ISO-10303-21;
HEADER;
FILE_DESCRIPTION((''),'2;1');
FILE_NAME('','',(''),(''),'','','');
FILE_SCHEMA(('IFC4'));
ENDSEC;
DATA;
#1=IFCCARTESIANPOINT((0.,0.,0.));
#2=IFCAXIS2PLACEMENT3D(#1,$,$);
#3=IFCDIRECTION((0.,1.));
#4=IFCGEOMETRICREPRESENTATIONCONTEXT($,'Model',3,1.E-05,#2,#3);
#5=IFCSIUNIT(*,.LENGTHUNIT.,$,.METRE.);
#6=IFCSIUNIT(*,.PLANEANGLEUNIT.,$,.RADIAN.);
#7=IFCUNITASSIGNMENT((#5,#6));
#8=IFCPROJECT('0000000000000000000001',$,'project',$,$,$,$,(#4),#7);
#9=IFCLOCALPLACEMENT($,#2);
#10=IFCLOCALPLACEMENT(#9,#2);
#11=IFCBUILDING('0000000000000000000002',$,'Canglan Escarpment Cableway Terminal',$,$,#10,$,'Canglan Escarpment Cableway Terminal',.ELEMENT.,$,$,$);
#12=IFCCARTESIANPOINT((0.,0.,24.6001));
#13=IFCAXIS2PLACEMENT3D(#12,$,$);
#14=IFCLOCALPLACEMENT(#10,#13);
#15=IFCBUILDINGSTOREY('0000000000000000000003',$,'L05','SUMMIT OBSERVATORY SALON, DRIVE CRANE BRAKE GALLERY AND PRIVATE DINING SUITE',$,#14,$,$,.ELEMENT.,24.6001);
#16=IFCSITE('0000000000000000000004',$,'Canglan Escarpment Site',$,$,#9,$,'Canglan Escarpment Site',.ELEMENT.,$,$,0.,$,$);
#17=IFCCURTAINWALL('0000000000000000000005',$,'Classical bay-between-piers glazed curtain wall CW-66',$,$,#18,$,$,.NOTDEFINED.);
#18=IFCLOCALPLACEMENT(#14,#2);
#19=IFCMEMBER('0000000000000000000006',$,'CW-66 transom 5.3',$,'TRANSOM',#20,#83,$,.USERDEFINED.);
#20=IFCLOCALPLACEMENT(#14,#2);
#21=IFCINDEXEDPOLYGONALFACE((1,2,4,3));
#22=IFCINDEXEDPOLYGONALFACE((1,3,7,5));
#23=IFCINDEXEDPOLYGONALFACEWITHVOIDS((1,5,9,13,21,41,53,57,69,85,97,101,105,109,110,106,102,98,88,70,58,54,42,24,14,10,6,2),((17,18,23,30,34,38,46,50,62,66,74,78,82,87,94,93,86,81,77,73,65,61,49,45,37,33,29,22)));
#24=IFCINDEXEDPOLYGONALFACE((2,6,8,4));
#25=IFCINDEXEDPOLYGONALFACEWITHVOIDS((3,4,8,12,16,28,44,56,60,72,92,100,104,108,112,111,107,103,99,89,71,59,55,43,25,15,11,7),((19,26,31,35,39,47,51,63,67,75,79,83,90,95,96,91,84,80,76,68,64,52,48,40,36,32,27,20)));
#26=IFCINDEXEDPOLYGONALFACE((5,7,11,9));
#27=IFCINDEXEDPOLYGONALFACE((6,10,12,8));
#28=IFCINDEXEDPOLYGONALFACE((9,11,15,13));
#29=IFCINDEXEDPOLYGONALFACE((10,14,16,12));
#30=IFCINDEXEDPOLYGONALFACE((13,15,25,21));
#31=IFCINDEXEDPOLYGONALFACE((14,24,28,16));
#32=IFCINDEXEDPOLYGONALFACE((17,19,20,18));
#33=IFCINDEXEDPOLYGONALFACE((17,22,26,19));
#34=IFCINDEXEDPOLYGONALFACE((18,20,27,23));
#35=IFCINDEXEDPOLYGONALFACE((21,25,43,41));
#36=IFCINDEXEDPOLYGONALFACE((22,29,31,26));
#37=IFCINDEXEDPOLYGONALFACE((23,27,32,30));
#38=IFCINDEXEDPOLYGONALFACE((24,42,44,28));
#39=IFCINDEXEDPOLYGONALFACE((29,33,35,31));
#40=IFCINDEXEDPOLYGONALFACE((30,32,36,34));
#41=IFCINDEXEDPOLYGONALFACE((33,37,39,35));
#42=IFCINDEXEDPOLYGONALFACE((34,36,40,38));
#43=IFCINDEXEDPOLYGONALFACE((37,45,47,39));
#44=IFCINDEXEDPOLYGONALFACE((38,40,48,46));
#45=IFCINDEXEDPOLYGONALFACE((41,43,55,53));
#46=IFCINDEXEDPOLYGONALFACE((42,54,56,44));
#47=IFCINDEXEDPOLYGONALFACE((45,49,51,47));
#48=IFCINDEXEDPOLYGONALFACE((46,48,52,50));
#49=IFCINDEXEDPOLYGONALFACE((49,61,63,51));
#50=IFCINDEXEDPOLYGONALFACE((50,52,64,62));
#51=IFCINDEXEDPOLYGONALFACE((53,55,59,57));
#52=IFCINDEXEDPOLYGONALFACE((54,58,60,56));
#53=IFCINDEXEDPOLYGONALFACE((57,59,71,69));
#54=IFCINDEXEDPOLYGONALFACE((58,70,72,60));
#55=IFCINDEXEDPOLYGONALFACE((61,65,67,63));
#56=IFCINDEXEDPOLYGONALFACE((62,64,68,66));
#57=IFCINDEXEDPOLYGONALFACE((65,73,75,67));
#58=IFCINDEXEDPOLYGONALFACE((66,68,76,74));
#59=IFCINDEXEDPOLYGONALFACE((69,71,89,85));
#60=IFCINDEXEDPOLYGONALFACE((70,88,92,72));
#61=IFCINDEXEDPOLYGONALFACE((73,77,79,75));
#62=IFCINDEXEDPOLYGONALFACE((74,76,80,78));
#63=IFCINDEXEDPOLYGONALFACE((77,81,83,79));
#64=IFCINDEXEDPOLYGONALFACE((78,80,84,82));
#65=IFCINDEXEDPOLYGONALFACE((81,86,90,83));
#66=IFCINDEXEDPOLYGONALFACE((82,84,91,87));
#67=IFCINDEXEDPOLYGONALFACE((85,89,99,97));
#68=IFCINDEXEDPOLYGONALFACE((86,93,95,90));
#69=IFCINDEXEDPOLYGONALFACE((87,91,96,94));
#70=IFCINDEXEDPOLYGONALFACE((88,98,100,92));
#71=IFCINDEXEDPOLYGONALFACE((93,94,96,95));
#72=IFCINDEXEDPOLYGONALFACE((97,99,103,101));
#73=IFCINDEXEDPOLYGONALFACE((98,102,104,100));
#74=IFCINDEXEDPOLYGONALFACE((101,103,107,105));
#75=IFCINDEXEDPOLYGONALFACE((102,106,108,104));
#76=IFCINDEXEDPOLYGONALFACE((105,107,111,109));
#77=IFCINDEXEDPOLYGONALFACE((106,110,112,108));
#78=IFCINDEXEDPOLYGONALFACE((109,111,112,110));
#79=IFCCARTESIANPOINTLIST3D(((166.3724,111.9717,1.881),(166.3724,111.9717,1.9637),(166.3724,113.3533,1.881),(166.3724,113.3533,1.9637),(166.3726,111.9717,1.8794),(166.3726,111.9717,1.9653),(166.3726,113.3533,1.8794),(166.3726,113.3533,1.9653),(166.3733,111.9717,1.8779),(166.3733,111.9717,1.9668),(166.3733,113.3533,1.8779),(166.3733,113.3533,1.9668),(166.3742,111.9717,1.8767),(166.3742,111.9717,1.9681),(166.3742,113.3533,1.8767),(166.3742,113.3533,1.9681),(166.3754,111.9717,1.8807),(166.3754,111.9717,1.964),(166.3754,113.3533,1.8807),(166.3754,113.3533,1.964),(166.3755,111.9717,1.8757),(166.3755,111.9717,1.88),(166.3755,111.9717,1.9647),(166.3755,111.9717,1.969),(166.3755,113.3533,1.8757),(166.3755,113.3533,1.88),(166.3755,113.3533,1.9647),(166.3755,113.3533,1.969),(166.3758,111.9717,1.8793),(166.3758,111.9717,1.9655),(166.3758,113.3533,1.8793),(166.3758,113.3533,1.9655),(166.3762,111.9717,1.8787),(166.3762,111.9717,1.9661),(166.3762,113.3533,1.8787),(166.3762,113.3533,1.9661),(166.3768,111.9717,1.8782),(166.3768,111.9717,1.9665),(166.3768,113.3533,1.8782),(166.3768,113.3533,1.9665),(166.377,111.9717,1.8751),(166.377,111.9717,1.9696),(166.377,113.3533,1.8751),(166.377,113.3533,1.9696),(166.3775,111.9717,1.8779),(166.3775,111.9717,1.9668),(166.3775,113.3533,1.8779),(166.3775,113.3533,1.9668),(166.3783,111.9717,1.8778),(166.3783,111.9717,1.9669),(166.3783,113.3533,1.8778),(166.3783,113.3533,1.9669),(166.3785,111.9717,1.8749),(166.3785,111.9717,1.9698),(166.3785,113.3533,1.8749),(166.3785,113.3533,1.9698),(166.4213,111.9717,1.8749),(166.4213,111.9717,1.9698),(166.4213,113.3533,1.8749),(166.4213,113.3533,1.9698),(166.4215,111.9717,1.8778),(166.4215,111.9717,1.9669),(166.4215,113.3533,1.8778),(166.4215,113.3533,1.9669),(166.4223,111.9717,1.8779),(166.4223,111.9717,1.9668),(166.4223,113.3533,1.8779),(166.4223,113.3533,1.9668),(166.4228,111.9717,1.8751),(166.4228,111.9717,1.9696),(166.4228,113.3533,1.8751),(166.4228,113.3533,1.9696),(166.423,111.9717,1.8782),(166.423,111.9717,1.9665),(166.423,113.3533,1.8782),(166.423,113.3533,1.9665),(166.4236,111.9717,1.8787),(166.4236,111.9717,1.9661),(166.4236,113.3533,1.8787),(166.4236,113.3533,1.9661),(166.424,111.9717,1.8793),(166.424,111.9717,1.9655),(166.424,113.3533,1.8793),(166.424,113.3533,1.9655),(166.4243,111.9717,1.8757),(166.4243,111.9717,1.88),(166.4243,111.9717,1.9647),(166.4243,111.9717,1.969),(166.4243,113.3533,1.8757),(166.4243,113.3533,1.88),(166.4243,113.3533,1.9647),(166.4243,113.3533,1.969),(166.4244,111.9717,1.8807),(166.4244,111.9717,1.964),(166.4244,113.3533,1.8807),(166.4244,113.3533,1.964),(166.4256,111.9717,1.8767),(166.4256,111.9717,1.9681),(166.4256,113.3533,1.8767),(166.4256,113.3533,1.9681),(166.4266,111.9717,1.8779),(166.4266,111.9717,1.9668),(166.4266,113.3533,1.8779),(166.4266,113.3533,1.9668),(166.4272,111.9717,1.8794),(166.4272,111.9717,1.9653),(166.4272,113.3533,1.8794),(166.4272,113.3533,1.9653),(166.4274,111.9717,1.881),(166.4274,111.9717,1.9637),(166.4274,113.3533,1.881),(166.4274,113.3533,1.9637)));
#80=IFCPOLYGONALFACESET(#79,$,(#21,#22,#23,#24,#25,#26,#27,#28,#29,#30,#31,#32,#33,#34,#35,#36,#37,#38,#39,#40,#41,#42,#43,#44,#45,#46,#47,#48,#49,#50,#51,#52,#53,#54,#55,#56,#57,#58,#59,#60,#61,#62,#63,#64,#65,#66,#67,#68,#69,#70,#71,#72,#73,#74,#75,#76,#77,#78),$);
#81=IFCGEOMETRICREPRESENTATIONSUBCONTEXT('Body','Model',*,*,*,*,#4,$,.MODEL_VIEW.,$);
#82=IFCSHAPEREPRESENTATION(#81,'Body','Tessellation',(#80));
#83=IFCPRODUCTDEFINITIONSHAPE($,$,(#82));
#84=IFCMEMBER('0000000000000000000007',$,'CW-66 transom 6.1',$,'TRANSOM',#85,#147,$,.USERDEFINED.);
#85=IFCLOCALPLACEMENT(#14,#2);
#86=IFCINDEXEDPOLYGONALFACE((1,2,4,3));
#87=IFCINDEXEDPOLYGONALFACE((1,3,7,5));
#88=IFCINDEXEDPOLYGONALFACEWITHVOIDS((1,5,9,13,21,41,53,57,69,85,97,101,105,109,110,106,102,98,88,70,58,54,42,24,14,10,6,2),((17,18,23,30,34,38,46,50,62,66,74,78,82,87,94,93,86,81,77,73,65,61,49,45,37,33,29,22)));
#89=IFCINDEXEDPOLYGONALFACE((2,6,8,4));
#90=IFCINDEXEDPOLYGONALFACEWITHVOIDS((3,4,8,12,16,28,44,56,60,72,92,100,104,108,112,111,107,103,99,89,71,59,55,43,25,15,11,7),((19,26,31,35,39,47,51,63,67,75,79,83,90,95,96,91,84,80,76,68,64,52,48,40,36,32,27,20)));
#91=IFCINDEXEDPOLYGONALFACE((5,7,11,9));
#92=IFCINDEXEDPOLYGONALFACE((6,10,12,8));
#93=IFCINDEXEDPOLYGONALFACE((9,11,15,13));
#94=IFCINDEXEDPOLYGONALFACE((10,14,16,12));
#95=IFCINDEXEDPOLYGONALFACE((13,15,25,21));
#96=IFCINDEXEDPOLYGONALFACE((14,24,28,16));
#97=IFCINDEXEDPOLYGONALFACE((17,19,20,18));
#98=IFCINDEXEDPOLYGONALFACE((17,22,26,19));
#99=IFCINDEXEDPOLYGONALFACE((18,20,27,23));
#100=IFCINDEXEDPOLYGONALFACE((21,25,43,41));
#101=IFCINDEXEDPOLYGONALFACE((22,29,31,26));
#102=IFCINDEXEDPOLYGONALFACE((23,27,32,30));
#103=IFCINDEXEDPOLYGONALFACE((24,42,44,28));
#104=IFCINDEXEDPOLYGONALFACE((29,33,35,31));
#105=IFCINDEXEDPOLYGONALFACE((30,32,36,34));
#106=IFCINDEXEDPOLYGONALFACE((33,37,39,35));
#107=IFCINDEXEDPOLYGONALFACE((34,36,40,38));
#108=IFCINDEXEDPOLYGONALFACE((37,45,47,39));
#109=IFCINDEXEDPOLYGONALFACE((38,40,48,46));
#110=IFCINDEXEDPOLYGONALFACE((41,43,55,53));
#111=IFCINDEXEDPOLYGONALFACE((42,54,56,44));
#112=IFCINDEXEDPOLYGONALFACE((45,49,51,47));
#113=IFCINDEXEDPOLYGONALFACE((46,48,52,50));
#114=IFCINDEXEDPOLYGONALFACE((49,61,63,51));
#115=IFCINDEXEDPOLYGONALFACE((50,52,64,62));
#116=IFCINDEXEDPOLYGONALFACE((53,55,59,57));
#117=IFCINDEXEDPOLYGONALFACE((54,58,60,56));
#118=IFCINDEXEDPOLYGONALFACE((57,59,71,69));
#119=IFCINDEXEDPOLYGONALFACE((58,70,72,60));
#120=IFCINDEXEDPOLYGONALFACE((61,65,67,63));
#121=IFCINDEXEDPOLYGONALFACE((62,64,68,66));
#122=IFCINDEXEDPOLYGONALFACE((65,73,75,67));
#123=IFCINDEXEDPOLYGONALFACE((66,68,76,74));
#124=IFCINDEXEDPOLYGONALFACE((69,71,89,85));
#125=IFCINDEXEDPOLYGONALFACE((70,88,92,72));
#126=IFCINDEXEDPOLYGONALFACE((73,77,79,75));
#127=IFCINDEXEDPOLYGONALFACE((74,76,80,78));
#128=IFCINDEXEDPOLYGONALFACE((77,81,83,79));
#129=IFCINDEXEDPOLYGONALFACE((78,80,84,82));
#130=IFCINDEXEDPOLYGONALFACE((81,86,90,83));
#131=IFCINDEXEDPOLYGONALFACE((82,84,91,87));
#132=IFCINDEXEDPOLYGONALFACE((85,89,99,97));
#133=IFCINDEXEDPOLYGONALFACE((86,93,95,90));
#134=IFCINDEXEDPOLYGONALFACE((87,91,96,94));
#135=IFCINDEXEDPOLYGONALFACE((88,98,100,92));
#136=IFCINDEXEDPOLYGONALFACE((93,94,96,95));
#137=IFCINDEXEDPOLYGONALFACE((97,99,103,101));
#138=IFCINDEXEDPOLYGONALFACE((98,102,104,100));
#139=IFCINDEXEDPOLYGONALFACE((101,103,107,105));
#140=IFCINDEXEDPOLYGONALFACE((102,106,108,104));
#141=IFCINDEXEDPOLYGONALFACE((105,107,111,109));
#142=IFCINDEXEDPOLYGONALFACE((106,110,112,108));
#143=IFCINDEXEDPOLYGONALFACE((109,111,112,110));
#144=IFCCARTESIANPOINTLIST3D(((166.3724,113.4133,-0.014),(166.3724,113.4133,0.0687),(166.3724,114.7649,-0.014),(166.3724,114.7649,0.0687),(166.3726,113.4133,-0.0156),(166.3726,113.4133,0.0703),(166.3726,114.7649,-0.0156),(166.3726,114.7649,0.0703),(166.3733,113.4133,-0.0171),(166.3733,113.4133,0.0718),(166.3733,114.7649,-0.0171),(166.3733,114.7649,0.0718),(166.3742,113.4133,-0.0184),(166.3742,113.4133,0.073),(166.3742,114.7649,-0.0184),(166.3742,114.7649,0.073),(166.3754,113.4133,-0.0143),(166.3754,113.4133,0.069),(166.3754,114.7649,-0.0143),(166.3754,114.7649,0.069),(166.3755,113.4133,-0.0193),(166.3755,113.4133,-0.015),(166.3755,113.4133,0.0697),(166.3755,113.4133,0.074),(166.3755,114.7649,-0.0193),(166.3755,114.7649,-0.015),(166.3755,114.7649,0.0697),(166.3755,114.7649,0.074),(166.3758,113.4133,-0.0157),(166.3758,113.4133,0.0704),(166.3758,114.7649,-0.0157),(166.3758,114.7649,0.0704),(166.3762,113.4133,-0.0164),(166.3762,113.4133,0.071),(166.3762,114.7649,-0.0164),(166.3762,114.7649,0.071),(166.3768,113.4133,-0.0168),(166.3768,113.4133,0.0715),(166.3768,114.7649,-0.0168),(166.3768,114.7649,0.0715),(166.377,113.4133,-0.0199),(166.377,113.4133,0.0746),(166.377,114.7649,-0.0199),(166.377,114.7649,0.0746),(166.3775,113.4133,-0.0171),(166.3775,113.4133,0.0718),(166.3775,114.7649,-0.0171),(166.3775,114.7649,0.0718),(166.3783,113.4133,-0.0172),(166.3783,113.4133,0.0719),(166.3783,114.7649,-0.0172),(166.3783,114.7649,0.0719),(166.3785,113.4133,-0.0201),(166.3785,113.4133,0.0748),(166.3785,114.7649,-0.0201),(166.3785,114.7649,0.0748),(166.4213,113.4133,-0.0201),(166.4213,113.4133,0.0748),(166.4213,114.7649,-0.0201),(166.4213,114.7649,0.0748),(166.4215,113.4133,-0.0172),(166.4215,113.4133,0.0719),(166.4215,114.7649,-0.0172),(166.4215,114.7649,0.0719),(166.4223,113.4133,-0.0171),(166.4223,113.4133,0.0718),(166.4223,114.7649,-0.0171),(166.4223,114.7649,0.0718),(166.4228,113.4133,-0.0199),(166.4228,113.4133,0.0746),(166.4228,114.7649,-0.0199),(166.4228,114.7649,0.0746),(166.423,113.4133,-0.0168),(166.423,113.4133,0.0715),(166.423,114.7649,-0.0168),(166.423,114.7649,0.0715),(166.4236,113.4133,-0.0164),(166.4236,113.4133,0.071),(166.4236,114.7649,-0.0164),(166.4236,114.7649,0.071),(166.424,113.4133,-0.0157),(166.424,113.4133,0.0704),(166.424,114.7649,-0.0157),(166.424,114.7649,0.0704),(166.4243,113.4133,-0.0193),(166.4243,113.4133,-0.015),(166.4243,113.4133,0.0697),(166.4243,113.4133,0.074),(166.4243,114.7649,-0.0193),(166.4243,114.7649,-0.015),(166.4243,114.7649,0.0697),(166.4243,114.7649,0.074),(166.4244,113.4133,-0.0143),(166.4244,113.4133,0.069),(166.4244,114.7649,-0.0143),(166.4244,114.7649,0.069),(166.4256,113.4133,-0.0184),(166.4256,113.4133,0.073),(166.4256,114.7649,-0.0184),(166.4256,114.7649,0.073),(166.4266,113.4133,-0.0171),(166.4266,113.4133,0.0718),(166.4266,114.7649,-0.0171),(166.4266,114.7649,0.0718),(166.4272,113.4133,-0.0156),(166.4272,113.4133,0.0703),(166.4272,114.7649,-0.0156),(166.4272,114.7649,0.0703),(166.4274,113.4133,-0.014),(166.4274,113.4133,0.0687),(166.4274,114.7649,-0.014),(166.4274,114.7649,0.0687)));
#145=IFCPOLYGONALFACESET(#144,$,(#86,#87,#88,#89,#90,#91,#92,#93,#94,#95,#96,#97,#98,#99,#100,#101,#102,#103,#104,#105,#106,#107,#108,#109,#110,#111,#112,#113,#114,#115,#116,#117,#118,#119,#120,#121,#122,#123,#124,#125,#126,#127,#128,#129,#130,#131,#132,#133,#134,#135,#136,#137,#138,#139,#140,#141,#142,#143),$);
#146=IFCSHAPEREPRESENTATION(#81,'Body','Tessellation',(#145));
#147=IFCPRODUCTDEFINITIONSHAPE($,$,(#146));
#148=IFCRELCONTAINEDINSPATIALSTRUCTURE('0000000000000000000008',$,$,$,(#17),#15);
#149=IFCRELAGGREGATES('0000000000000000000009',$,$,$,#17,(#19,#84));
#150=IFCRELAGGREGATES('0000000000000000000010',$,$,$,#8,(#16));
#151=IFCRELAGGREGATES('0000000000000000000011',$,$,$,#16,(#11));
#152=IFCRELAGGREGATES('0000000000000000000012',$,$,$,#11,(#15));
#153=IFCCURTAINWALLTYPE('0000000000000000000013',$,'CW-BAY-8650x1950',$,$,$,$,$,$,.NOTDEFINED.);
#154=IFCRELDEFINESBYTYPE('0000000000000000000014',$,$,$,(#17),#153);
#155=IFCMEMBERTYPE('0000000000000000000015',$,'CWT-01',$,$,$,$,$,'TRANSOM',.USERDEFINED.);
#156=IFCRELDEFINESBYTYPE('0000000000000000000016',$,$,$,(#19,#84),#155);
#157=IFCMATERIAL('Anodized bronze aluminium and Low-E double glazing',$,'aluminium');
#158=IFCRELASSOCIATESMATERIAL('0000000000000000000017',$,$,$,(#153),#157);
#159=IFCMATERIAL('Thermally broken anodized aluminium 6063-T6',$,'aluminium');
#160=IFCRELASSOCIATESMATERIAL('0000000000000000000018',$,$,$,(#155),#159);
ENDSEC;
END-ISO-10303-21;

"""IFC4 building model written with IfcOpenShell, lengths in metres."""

from ifc_helpers import new_model, si_unit, direction, frame, origin, origin_2d, place, context, subcontext, project, spatial, hollow_rectangle, extrude, material, material_profile, profile_set, type_object, element, aggregate, save


model = new_model("IFC4")

# Units and contexts
model_context = context("Model", 3, precision=1e-05, world=origin(), true_north=direction((0.0, 1.0)))
body_context = subcontext(model_context, "Body", "Model", "MODEL_VIEW")
ifc_project = project(units=[si_unit("LENGTHUNIT", "METRE"), si_unit("PLANEANGLEUNIT", "RADIAN")], contexts=[model_context])

# Site, building, storey
site_placement = place(None, origin())
site = spatial("IfcSite", under=ifc_project, at=site_placement, Name="Canglan Escarpment Site", LongName="Canglan Escarpment Site", CompositionType="ELEMENT", RefElevation=0.0)
building_placement = place(site_placement, origin())
building = spatial("IfcBuilding", under=site, at=building_placement, Name="Canglan Escarpment Cableway Terminal", LongName="Canglan Escarpment Cableway Terminal", CompositionType="ELEMENT")
storey_placement = place(building_placement, frame((0.0, 0.0, 24.6001)))
storey = spatial("IfcBuildingStorey", under=building, at=storey_placement, Name="L05", Description="SUMMIT OBSERVATORY SALON, DRIVE CRANE BRAKE GALLERY AND PRIVATE DINING SUITE", CompositionType="ELEMENT", Elevation=24.6001)

# Curtain wall
ifc_material_1 = material(Name="Anodized bronze aluminium and Low-E double glazing", Category="aluminium")
curtain_wall_type = type_object("IfcCurtainWallType", Name="CW-BAY-8650x1950", PredefinedType="NOTDEFINED", material=ifc_material_1)
curtain_wall_1_placement = place(storey_placement, origin())
curtain_wall_1 = element("IfcCurtainWall", 1, at=curtain_wall_1_placement, inside=storey, type_object=curtain_wall_type, Name="Classical bay-between-piers glazed curtain wall CW-66", PredefinedType="NOTDEFINED")
ifc_material_2 = material(Name="Thermally broken anodized aluminium 6063-T6", Category="aluminium")

# Members
ifc_material_profile_1 = material_profile(ifc_material_2, hollow_rectangle(XDim=0.0549, YDim=0.095, WallThickness=0.0029, InnerFilletRadius=0.0029, OuterFilletRadius=0.0061, at=origin_2d()), Name="ALU-TRAN 55x95x3")
ifc_profile_set_1 = profile_set([ifc_material_profile_1], Name="Thermally broken anodized aluminium 6063-T6")
member_type_1 = type_object("IfcMemberType", Name="CWT-01", ElementType="TRANSOM", PredefinedType="USERDEFINED", material=ifc_profile_set_1)
member_1_placement = place(storey_placement, frame((166.3999, 111.9717, 1.9224), z_axis=(0.0, 1.0, 0.0), x_axis=(-1.0, 0.0, 0.0)))
member_1 = element("IfcMember", 2, at=member_1_placement, type_object=member_type_1, Name="CW-66 transom 5.3", ObjectType="TRANSOM", PredefinedType="USERDEFINED", context=body_context, shape_type="SweptSolid", body=[
    extrude(hollow_rectangle(XDim=0.0549, YDim=0.095, WallThickness=0.0029, InnerFilletRadius=0.0029, OuterFilletRadius=0.0061, at=origin_2d()), origin(), (0.0, 0.0, 1.0), 1.3816),
])
member_2_placement = place(storey_placement, frame((166.3999, 113.4133, 0.0273), z_axis=(0.0, 1.0, 0.0), x_axis=(-1.0, 0.0, 0.0)))
member_2 = element("IfcMember", 3, at=member_2_placement, type_object=member_type_1, Name="CW-66 transom 6.1", ObjectType="TRANSOM", PredefinedType="USERDEFINED", context=body_context, shape_type="SweptSolid", body=[
    extrude(hollow_rectangle(XDim=0.0549, YDim=0.095, WallThickness=0.0029, InnerFilletRadius=0.0029, OuterFilletRadius=0.0061, at=origin_2d()), origin(), (0.0, 0.0, 1.0), 1.3516),
])

aggregate(curtain_wall_1, [member_1, member_2])

save(model, "model.ifc")
